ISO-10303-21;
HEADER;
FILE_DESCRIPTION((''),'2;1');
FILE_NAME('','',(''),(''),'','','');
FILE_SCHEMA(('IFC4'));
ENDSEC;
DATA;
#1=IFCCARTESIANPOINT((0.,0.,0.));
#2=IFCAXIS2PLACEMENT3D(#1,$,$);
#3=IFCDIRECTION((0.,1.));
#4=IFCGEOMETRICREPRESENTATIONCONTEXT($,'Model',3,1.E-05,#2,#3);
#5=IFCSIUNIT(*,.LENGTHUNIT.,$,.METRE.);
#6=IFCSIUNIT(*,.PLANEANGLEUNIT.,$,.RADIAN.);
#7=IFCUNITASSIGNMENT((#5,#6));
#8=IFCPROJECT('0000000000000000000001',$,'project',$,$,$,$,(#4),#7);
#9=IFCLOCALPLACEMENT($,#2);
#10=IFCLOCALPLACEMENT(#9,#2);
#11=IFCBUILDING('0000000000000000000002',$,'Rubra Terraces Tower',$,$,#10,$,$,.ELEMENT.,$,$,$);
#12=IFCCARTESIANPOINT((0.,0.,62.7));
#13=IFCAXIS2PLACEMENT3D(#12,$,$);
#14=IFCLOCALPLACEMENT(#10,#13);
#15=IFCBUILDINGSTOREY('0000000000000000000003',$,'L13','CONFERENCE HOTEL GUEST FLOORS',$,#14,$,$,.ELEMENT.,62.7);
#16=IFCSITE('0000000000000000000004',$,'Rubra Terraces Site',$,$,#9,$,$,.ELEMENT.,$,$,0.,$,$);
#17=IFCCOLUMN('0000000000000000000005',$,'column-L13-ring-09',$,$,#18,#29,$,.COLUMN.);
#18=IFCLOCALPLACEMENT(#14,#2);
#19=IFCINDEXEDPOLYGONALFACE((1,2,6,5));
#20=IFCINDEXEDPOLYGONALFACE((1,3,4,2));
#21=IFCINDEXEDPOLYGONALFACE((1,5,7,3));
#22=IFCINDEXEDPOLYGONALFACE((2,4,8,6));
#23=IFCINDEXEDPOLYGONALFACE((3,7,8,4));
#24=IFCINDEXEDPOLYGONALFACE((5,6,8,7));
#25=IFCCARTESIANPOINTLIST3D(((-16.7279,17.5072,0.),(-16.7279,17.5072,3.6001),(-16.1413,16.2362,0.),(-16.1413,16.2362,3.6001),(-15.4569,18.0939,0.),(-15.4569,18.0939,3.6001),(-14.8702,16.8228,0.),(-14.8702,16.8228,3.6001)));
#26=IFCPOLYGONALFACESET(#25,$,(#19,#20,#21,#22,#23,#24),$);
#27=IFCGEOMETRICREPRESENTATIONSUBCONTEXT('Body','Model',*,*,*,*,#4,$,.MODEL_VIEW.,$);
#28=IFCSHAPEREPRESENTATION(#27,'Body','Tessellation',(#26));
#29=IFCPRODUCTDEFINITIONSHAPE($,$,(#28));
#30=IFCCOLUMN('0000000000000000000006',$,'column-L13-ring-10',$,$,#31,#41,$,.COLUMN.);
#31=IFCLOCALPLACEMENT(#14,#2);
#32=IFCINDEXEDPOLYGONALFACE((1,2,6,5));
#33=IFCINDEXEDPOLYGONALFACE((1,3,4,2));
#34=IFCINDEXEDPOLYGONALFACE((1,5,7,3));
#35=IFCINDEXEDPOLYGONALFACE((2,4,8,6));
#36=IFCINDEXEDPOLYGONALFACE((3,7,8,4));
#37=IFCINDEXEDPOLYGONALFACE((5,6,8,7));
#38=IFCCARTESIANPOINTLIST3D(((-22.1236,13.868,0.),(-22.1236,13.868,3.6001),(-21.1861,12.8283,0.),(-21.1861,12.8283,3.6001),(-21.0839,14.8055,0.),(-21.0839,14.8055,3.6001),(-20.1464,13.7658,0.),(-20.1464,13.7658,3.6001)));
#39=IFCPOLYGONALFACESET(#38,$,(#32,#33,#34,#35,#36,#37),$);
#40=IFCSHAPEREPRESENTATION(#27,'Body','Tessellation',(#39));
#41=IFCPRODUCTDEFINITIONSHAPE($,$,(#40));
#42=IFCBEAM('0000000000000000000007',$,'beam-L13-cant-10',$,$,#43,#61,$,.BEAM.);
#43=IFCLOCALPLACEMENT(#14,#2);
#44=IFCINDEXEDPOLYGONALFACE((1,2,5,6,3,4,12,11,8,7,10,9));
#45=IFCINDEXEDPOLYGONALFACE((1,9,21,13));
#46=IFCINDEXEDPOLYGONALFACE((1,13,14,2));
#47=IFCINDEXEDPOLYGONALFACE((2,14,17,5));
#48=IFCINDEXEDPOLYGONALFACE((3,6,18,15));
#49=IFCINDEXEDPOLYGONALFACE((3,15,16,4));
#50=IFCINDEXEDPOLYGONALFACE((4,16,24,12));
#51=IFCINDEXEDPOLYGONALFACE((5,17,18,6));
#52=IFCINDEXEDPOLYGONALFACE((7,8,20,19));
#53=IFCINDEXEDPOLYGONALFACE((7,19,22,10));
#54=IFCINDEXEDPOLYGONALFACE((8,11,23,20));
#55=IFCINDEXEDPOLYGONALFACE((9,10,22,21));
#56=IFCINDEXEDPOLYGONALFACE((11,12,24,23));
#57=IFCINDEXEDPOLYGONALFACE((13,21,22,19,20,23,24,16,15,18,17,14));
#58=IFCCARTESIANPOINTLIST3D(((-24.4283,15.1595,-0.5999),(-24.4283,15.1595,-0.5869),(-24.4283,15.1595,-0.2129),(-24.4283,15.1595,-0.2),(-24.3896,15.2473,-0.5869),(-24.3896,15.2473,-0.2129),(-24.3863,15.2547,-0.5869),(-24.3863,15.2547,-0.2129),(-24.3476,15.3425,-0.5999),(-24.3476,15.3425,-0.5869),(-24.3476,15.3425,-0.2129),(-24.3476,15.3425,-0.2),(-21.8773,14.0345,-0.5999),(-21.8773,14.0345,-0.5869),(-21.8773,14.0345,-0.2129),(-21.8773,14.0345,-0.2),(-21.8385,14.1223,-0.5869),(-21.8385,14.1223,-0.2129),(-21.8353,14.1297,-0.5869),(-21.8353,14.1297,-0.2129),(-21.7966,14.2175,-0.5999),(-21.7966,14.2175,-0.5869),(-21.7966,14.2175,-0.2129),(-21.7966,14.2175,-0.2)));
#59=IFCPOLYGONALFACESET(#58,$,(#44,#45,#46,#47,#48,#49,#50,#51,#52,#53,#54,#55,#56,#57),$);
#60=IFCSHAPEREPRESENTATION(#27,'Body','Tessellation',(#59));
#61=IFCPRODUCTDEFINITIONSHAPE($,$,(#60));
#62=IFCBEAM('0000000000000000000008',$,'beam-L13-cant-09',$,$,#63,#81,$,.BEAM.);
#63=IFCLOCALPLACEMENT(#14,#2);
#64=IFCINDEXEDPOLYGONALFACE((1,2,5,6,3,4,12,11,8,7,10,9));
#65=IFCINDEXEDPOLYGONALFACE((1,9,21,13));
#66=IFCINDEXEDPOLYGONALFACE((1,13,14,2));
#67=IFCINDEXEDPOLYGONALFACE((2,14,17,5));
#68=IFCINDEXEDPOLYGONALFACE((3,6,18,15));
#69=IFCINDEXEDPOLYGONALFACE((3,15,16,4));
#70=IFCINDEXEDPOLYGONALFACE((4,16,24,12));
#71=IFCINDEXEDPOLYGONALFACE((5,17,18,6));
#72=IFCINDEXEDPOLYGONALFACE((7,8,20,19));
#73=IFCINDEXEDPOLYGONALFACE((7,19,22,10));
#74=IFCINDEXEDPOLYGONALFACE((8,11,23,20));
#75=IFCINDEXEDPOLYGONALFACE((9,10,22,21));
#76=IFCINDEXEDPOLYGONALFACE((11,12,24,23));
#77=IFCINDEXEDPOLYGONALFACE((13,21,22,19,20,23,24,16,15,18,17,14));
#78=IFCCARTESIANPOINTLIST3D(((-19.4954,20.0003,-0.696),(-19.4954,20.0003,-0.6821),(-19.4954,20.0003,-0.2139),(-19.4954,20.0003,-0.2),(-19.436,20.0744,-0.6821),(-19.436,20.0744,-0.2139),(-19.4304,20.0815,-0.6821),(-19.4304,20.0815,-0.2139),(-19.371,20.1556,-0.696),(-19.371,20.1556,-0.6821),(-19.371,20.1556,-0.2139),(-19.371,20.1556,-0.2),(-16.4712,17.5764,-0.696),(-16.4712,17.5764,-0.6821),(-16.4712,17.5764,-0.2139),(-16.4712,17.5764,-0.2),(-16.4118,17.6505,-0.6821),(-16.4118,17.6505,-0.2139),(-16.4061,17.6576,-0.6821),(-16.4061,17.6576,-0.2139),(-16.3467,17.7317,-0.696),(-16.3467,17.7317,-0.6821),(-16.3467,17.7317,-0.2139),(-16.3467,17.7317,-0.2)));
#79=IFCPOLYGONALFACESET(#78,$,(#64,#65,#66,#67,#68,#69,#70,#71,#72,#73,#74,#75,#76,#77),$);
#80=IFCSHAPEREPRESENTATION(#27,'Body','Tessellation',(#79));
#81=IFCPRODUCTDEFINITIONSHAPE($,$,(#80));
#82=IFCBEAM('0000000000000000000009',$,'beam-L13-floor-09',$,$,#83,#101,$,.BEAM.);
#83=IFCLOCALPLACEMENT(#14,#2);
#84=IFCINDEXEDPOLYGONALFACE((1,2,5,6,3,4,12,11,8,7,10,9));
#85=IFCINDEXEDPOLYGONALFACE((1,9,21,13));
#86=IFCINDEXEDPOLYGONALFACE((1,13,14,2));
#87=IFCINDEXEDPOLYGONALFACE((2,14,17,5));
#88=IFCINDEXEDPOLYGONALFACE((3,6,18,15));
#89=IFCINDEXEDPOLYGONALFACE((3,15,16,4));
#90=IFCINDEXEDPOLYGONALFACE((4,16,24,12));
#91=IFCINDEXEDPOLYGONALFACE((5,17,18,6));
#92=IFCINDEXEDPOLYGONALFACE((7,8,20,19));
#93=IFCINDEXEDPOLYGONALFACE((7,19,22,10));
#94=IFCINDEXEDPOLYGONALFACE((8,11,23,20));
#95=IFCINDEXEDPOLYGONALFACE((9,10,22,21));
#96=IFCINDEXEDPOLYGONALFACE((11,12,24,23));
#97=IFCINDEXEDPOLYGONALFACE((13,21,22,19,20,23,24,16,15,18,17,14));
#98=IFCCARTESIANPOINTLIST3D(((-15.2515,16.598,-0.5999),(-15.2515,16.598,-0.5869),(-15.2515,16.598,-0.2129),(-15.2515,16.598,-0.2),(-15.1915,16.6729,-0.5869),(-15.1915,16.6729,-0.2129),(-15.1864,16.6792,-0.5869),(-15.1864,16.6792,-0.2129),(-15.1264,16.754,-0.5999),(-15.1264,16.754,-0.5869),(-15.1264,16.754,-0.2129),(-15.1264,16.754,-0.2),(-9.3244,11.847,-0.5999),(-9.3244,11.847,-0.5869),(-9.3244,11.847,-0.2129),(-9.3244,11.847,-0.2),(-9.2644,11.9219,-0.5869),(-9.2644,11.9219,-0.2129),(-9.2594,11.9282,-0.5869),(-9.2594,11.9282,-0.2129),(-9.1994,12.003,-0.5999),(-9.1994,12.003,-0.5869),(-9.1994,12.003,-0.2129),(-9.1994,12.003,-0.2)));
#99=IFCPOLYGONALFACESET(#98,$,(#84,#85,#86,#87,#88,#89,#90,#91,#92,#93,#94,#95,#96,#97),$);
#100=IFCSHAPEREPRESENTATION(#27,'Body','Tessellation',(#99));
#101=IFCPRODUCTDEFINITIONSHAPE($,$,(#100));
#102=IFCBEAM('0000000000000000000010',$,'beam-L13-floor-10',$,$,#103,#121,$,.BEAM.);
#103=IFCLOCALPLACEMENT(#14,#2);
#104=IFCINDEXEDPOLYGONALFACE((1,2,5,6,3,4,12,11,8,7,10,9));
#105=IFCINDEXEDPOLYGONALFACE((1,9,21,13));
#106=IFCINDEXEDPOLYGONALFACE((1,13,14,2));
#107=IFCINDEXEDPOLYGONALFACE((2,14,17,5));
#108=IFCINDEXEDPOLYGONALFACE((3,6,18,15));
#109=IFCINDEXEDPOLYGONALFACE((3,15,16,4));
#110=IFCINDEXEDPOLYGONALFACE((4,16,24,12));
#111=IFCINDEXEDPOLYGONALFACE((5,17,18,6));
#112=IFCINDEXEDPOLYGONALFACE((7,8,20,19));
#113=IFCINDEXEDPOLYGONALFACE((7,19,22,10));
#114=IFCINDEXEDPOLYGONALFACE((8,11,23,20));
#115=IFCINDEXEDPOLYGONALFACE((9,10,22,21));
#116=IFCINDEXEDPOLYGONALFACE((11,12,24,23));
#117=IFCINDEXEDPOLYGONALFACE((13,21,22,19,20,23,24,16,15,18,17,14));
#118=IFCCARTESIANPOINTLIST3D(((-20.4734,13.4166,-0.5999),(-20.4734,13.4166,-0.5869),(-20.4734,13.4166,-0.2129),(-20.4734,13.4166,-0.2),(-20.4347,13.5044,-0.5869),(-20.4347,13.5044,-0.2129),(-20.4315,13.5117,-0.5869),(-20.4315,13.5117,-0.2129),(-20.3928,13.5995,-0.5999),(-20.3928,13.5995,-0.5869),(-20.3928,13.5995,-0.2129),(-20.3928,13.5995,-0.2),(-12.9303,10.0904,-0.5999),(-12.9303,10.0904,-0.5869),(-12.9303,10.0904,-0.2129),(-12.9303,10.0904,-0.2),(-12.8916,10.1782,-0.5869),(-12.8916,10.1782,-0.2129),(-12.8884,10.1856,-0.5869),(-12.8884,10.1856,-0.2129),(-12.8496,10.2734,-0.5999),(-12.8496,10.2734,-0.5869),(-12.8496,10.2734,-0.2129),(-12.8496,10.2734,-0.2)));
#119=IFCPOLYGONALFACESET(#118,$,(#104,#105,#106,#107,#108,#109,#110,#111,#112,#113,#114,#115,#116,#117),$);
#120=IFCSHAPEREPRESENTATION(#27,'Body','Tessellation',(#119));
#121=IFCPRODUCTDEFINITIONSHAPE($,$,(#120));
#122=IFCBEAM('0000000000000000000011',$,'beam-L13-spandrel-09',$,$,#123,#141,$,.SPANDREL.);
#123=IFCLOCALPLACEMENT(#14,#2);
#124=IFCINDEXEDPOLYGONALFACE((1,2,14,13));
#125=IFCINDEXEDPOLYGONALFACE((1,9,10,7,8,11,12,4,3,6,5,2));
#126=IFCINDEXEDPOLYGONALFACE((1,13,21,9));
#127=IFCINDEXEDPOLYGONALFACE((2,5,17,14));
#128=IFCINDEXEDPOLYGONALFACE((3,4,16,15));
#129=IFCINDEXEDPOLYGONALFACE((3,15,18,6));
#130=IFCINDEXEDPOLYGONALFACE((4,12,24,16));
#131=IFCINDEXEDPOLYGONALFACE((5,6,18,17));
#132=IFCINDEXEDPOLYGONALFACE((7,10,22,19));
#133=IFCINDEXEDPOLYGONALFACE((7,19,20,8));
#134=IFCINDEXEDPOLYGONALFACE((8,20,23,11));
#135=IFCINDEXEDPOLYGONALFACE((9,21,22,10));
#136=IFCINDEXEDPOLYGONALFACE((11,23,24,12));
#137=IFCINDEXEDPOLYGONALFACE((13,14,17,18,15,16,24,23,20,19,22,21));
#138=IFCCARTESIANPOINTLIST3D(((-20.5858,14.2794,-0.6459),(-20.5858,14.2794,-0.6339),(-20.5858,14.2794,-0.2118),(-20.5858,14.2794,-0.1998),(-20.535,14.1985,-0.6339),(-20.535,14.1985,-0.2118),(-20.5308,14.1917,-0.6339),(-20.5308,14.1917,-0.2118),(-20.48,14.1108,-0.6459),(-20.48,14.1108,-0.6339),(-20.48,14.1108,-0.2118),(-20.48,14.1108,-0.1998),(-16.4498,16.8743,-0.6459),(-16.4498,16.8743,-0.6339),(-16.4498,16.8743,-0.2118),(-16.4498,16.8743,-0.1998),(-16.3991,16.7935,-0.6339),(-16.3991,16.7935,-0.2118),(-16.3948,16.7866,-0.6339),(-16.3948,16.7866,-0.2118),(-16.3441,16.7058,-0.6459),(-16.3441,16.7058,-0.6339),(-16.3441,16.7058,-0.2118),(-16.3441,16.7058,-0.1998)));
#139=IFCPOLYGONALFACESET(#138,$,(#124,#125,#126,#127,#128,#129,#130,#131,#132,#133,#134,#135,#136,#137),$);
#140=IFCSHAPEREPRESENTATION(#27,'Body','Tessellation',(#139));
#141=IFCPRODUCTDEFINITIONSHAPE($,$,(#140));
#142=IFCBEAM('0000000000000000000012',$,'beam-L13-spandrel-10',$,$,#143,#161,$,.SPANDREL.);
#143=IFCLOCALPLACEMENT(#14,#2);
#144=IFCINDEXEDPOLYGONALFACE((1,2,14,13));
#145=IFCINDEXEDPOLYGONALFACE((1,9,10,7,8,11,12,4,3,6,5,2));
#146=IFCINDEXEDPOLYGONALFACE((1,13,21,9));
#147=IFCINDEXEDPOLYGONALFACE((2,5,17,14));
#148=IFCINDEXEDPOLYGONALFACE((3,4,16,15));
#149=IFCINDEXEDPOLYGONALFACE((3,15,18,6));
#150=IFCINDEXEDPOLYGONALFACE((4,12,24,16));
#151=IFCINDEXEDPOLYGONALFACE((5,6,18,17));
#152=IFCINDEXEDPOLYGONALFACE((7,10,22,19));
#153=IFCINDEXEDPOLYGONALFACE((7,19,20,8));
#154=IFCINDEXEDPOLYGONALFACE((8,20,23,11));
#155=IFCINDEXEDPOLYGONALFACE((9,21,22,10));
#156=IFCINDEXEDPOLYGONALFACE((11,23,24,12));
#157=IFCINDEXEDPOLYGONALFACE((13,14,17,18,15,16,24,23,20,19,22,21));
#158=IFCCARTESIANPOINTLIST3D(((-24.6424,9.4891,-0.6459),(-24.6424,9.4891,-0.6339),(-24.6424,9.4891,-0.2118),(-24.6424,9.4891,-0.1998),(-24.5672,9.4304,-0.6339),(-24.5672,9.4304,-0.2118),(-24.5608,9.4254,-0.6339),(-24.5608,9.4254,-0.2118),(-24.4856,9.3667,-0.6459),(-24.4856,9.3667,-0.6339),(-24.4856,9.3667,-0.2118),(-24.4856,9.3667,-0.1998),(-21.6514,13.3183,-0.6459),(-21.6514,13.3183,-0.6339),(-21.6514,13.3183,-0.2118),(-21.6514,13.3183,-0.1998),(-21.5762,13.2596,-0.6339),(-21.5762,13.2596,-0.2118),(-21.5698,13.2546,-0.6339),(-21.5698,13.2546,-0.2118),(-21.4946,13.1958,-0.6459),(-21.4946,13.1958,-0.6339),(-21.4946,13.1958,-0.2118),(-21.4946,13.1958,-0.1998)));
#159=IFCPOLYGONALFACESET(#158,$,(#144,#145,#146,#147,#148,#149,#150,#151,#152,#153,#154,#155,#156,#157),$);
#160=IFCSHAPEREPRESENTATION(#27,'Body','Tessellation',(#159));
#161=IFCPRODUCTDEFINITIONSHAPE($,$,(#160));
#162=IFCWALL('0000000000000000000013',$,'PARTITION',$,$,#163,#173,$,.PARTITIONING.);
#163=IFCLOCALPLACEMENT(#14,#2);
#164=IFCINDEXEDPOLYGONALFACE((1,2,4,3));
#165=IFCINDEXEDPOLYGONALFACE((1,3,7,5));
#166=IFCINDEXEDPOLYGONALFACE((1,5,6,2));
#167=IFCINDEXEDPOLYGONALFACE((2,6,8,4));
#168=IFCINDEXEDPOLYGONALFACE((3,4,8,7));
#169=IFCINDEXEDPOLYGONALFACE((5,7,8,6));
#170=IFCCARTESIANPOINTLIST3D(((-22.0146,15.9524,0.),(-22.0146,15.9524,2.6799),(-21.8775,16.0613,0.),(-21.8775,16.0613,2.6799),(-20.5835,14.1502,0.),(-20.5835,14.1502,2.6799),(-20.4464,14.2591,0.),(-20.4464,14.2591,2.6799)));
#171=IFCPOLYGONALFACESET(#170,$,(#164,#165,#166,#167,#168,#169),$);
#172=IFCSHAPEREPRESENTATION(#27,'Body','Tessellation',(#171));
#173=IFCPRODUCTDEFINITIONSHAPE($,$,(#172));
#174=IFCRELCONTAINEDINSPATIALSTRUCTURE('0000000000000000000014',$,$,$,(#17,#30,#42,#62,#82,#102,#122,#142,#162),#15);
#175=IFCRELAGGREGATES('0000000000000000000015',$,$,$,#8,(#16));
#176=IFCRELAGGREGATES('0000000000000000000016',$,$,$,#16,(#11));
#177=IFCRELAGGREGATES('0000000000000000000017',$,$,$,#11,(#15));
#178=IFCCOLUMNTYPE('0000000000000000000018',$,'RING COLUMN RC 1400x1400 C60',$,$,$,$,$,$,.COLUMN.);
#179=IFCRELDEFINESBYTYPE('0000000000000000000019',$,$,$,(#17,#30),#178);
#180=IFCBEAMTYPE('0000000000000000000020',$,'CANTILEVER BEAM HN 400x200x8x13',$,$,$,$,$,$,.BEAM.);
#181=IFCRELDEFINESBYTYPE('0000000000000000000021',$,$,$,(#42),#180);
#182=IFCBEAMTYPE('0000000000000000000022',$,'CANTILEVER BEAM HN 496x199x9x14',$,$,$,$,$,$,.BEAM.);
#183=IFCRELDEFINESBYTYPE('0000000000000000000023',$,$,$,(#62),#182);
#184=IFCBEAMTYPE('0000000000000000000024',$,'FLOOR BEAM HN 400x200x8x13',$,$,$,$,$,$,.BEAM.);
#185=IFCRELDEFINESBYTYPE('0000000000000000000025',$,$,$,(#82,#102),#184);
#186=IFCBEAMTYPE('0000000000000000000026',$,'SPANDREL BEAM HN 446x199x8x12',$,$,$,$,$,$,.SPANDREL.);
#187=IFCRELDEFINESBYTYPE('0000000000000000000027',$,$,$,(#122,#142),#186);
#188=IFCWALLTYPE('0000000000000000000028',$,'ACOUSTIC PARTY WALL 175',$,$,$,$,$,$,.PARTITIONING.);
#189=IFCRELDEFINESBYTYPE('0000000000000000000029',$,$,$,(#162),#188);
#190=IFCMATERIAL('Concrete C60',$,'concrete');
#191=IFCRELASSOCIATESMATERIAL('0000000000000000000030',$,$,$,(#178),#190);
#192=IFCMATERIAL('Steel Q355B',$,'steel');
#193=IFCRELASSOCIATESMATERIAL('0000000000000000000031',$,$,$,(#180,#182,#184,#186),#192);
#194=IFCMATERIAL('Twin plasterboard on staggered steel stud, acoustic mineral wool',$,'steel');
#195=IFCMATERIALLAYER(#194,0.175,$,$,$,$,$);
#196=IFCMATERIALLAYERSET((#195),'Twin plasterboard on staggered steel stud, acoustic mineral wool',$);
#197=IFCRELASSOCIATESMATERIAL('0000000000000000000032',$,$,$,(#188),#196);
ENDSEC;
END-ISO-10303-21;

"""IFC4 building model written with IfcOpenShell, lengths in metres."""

from ifc_helpers import new_model, si_unit, direction, frame, frame_2d, origin, origin_2d, place, context, subcontext, project, spatial, rectangle, i_section, extrude, material, layer, layer_set, material_profile, profile_set, type_object, element, save


model = new_model("IFC4")

# Units and contexts
model_context = context("Model", 3, precision=1e-05, world=origin(), true_north=direction((0.0, 1.0)))
body_context = subcontext(model_context, "Body", "Model", "MODEL_VIEW")
ifc_project = project(units=[si_unit("LENGTHUNIT", "METRE"), si_unit("PLANEANGLEUNIT", "RADIAN")], contexts=[model_context])

# Site, building, storey
site_placement = place(None, origin())
site = spatial("IfcSite", under=ifc_project, at=site_placement, Name="Rubra Terraces Site", CompositionType="ELEMENT", RefElevation=0.0)
building_placement = place(site_placement, origin())
building = spatial("IfcBuilding", under=site, at=building_placement, Name="Rubra Terraces Tower", CompositionType="ELEMENT")
storey_placement = place(building_placement, frame((0.0, 0.0, 62.7)))
storey = spatial("IfcBuildingStorey", under=building, at=storey_placement, Name="L13", Description="CONFERENCE HOTEL GUEST FLOORS", CompositionType="ELEMENT", Elevation=62.7)

# Columns
ifc_material_1 = material(Name="Concrete C60", Category="concrete")
ifc_material_profile_1 = material_profile(ifc_material_1, rectangle(XDim=1.3999, YDim=1.3999, at=origin_2d()), Name="RC 1400x1400")
ifc_profile_set_1 = profile_set([ifc_material_profile_1], Name="Concrete C60")
column_type = type_object("IfcColumnType", Name="RING COLUMN RC 1400x1400 C60", PredefinedType="COLUMN", material=ifc_profile_set_1)
for number, where, z_axis, x_axis, name in (
    (1, (-15.7991, 17.165, 0.0), (0.0, 0.0, 1.0), (-0.907952, -0.419073, 0.0), "column-L13-ring-09"),
    (2, (-21.135, 13.8169, 0.0), (0.0, 0.0, 1.0), (-0.742676, -0.669651, 0.0), "column-L13-ring-10"),
):
    element("IfcColumn", number, at=place(storey_placement, frame(where, z_axis=z_axis, x_axis=x_axis)), inside=storey, type_object=column_type, Name=name, PredefinedType="COLUMN", context=body_context, shape_type="SweptSolid", body=[
        extrude(rectangle(XDim=1.3999, YDim=1.3999, at=origin_2d()), origin(), (0.0, 0.0, 1.0), 3.6001),
    ])

# Beams
ifc_material_2 = material(Name="Steel Q355B", Category="steel")
ifc_material_profile_2 = material_profile(ifc_material_2, i_section(OverallWidth=0.2, OverallDepth=0.3999, WebThickness=0.0081, FlangeThickness=0.0129, at=origin_2d()), Name="HN 400x200x8x13")
ifc_profile_set_2 = profile_set([ifc_material_profile_2], Name="Steel Q355B")
beam_type_1 = type_object("IfcBeamType", Name="CANTILEVER BEAM HN 400x200x8x13", PredefinedType="BEAM", material=ifc_profile_set_2)
beam_1_placement = place(storey_placement, frame((-21.8369, 14.126, -0.3999), z_axis=(-0.914978, 0.403504, 0.0), x_axis=(-0.403504, -0.914978, 0.0)))
element("IfcBeam", 3, at=beam_1_placement, inside=storey, type_object=beam_type_1, Name="beam-L13-cant-10", PredefinedType="BEAM", context=body_context, shape_type="SweptSolid", body=[
    extrude(i_section(OverallWidth=0.2, OverallDepth=0.3999, WebThickness=0.0081, FlangeThickness=0.0129, at=origin_2d()), origin(), (0.0, 0.0, 1.0), 2.7881),
])
ifc_material_profile_3 = material_profile(ifc_material_2, i_section(OverallWidth=0.199, OverallDepth=0.4961, WebThickness=0.009, FlangeThickness=0.0139, at=origin_2d()), Name="HN 496x199x9x14")
ifc_profile_set_3 = profile_set([ifc_material_profile_3], Name="Steel Q355B")
beam_type_2 = type_object("IfcBeamType", Name="CANTILEVER BEAM HN 496x199x9x14", PredefinedType="BEAM", material=ifc_profile_set_3)
beam_2_placement = place(storey_placement, frame((-16.4089, 17.6541, -0.448), z_axis=(-0.780303, 0.625402, 0.0), x_axis=(-0.625402, -0.780303, 0.0)))
element("IfcBeam", 4, at=beam_2_placement, inside=storey, type_object=beam_type_2, Name="beam-L13-cant-09", PredefinedType="BEAM", context=body_context, shape_type="SweptSolid", body=[
    extrude(i_section(OverallWidth=0.199, OverallDepth=0.4961, WebThickness=0.009, FlangeThickness=0.0139, at=origin_2d()), origin(), (0.0, 0.0, 1.0), 3.8757),
])
ifc_material_profile_4 = material_profile(ifc_material_2, i_section(OverallWidth=0.2, OverallDepth=0.3999, WebThickness=0.0081, FlangeThickness=0.0129, at=origin_2d()), Name="HN 400x200x8x13")
ifc_profile_set_4 = profile_set([ifc_material_profile_4], Name="Steel Q355B")
beam_type_3 = type_object("IfcBeamType", Name="FLOOR BEAM HN 400x200x8x13", PredefinedType="BEAM", material=ifc_profile_set_4)
beam_3_placement = place(storey_placement, frame((-15.189, 16.676, -0.3999), z_axis=(0.780266, -0.625447, 0.0), x_axis=(0.625447, 0.780266, 0.0)))
element("IfcBeam", 5, at=beam_3_placement, inside=storey, type_object=beam_type_3, Name="beam-L13-floor-09", PredefinedType="BEAM", context=body_context, shape_type="SweptSolid", body=[
    extrude(i_section(OverallWidth=0.2, OverallDepth=0.3999, WebThickness=0.0081, FlangeThickness=0.0129, at=origin_2d()), origin(), (0.0, 0.0, 1.0), 7.5962),
])
beam_4_placement = place(storey_placement, frame((-20.4331, 13.5081, -0.3999), z_axis=(0.914995, -0.403466, 0.0), x_axis=(0.403466, 0.914995, 0.0)))
element("IfcBeam", 6, at=beam_4_placement, inside=storey, type_object=beam_type_3, Name="beam-L13-floor-10", PredefinedType="BEAM", context=body_context, shape_type="SweptSolid", body=[
    extrude(i_section(OverallWidth=0.2, OverallDepth=0.3999, WebThickness=0.0081, FlangeThickness=0.0129, at=origin_2d()), origin(), (0.0, 0.0, 1.0), 8.2439),
])
ifc_material_profile_5 = material_profile(ifc_material_2, i_section(OverallWidth=0.199, OverallDepth=0.446, WebThickness=0.0081, FlangeThickness=0.012, at=origin_2d()), Name="HN 446x199x8x12")
ifc_profile_set_5 = profile_set([ifc_material_profile_5], Name="Steel Q355B")
beam_type_4 = type_object("IfcBeamType", Name="SPANDREL BEAM HN 446x199x8x12", PredefinedType="SPANDREL", material=ifc_profile_set_5)
beam_5_placement = place(storey_placement, frame((-16.397, 16.79, -0.4229), z_axis=(-0.847078, -0.531468, 0.0), x_axis=(0.531468, -0.847078, 0.0)))
element("IfcBeam", 7, at=beam_5_placement, inside=storey, type_object=beam_type_4, Name="beam-L13-spandrel-09", PredefinedType="SPANDREL", context=body_context, shape_type="SweptSolid", body=[
    extrude(i_section(OverallWidth=0.199, OverallDepth=0.446, WebThickness=0.0081, FlangeThickness=0.012, at=origin_2d()), origin(), (0.0, 0.0, 1.0), 4.8826),
])
beam_6_placement = place(storey_placement, frame((-21.573, 13.2571, -0.4229), z_axis=(-0.615578, -0.788076, 0.0), x_axis=(0.788076, -0.615578, 0.0)))
element("IfcBeam", 8, at=beam_6_placement, inside=storey, type_object=beam_type_4, Name="beam-L13-spandrel-10", PredefinedType="SPANDREL", context=body_context, shape_type="SweptSolid", body=[
    extrude(i_section(OverallWidth=0.199, OverallDepth=0.446, WebThickness=0.0081, FlangeThickness=0.012, at=origin_2d()), origin(), (0.0, 0.0, 1.0), 4.8589),
])

# Wall
ifc_material_3 = material(Name="Twin plasterboard on staggered steel stud, acoustic mineral wool", Category="steel")
ifc_layer_1 = layer(ifc_material_3, 0.175)
ifc_layer_set_1 = layer_set([ifc_layer_1], Name="Twin plasterboard on staggered steel stud, acoustic mineral wool")
wall_type_1 = type_object("IfcWallType", Name="ACOUSTIC PARTY WALL 175", PredefinedType="PARTITIONING", material=ifc_layer_set_1)
wall_1_placement = place(storey_placement, frame((-21.946, 16.0068, 0.0), z_axis=(0.0, 0.0, 1.0), x_axis=(0.621871, -0.78312, 0.0)))
element("IfcWall", 9, at=wall_1_placement, inside=storey, type_object=wall_type_1, Name="PARTITION", PredefinedType="PARTITIONING", context=body_context, shape_type="SweptSolid", body=[
    extrude(rectangle(XDim=2.3013, YDim=0.175, at=frame_2d((1.1506, 0.0))), origin(), (0.0, 0.0, 1.0), 2.6799),
])

save(model, "model.ifc")
